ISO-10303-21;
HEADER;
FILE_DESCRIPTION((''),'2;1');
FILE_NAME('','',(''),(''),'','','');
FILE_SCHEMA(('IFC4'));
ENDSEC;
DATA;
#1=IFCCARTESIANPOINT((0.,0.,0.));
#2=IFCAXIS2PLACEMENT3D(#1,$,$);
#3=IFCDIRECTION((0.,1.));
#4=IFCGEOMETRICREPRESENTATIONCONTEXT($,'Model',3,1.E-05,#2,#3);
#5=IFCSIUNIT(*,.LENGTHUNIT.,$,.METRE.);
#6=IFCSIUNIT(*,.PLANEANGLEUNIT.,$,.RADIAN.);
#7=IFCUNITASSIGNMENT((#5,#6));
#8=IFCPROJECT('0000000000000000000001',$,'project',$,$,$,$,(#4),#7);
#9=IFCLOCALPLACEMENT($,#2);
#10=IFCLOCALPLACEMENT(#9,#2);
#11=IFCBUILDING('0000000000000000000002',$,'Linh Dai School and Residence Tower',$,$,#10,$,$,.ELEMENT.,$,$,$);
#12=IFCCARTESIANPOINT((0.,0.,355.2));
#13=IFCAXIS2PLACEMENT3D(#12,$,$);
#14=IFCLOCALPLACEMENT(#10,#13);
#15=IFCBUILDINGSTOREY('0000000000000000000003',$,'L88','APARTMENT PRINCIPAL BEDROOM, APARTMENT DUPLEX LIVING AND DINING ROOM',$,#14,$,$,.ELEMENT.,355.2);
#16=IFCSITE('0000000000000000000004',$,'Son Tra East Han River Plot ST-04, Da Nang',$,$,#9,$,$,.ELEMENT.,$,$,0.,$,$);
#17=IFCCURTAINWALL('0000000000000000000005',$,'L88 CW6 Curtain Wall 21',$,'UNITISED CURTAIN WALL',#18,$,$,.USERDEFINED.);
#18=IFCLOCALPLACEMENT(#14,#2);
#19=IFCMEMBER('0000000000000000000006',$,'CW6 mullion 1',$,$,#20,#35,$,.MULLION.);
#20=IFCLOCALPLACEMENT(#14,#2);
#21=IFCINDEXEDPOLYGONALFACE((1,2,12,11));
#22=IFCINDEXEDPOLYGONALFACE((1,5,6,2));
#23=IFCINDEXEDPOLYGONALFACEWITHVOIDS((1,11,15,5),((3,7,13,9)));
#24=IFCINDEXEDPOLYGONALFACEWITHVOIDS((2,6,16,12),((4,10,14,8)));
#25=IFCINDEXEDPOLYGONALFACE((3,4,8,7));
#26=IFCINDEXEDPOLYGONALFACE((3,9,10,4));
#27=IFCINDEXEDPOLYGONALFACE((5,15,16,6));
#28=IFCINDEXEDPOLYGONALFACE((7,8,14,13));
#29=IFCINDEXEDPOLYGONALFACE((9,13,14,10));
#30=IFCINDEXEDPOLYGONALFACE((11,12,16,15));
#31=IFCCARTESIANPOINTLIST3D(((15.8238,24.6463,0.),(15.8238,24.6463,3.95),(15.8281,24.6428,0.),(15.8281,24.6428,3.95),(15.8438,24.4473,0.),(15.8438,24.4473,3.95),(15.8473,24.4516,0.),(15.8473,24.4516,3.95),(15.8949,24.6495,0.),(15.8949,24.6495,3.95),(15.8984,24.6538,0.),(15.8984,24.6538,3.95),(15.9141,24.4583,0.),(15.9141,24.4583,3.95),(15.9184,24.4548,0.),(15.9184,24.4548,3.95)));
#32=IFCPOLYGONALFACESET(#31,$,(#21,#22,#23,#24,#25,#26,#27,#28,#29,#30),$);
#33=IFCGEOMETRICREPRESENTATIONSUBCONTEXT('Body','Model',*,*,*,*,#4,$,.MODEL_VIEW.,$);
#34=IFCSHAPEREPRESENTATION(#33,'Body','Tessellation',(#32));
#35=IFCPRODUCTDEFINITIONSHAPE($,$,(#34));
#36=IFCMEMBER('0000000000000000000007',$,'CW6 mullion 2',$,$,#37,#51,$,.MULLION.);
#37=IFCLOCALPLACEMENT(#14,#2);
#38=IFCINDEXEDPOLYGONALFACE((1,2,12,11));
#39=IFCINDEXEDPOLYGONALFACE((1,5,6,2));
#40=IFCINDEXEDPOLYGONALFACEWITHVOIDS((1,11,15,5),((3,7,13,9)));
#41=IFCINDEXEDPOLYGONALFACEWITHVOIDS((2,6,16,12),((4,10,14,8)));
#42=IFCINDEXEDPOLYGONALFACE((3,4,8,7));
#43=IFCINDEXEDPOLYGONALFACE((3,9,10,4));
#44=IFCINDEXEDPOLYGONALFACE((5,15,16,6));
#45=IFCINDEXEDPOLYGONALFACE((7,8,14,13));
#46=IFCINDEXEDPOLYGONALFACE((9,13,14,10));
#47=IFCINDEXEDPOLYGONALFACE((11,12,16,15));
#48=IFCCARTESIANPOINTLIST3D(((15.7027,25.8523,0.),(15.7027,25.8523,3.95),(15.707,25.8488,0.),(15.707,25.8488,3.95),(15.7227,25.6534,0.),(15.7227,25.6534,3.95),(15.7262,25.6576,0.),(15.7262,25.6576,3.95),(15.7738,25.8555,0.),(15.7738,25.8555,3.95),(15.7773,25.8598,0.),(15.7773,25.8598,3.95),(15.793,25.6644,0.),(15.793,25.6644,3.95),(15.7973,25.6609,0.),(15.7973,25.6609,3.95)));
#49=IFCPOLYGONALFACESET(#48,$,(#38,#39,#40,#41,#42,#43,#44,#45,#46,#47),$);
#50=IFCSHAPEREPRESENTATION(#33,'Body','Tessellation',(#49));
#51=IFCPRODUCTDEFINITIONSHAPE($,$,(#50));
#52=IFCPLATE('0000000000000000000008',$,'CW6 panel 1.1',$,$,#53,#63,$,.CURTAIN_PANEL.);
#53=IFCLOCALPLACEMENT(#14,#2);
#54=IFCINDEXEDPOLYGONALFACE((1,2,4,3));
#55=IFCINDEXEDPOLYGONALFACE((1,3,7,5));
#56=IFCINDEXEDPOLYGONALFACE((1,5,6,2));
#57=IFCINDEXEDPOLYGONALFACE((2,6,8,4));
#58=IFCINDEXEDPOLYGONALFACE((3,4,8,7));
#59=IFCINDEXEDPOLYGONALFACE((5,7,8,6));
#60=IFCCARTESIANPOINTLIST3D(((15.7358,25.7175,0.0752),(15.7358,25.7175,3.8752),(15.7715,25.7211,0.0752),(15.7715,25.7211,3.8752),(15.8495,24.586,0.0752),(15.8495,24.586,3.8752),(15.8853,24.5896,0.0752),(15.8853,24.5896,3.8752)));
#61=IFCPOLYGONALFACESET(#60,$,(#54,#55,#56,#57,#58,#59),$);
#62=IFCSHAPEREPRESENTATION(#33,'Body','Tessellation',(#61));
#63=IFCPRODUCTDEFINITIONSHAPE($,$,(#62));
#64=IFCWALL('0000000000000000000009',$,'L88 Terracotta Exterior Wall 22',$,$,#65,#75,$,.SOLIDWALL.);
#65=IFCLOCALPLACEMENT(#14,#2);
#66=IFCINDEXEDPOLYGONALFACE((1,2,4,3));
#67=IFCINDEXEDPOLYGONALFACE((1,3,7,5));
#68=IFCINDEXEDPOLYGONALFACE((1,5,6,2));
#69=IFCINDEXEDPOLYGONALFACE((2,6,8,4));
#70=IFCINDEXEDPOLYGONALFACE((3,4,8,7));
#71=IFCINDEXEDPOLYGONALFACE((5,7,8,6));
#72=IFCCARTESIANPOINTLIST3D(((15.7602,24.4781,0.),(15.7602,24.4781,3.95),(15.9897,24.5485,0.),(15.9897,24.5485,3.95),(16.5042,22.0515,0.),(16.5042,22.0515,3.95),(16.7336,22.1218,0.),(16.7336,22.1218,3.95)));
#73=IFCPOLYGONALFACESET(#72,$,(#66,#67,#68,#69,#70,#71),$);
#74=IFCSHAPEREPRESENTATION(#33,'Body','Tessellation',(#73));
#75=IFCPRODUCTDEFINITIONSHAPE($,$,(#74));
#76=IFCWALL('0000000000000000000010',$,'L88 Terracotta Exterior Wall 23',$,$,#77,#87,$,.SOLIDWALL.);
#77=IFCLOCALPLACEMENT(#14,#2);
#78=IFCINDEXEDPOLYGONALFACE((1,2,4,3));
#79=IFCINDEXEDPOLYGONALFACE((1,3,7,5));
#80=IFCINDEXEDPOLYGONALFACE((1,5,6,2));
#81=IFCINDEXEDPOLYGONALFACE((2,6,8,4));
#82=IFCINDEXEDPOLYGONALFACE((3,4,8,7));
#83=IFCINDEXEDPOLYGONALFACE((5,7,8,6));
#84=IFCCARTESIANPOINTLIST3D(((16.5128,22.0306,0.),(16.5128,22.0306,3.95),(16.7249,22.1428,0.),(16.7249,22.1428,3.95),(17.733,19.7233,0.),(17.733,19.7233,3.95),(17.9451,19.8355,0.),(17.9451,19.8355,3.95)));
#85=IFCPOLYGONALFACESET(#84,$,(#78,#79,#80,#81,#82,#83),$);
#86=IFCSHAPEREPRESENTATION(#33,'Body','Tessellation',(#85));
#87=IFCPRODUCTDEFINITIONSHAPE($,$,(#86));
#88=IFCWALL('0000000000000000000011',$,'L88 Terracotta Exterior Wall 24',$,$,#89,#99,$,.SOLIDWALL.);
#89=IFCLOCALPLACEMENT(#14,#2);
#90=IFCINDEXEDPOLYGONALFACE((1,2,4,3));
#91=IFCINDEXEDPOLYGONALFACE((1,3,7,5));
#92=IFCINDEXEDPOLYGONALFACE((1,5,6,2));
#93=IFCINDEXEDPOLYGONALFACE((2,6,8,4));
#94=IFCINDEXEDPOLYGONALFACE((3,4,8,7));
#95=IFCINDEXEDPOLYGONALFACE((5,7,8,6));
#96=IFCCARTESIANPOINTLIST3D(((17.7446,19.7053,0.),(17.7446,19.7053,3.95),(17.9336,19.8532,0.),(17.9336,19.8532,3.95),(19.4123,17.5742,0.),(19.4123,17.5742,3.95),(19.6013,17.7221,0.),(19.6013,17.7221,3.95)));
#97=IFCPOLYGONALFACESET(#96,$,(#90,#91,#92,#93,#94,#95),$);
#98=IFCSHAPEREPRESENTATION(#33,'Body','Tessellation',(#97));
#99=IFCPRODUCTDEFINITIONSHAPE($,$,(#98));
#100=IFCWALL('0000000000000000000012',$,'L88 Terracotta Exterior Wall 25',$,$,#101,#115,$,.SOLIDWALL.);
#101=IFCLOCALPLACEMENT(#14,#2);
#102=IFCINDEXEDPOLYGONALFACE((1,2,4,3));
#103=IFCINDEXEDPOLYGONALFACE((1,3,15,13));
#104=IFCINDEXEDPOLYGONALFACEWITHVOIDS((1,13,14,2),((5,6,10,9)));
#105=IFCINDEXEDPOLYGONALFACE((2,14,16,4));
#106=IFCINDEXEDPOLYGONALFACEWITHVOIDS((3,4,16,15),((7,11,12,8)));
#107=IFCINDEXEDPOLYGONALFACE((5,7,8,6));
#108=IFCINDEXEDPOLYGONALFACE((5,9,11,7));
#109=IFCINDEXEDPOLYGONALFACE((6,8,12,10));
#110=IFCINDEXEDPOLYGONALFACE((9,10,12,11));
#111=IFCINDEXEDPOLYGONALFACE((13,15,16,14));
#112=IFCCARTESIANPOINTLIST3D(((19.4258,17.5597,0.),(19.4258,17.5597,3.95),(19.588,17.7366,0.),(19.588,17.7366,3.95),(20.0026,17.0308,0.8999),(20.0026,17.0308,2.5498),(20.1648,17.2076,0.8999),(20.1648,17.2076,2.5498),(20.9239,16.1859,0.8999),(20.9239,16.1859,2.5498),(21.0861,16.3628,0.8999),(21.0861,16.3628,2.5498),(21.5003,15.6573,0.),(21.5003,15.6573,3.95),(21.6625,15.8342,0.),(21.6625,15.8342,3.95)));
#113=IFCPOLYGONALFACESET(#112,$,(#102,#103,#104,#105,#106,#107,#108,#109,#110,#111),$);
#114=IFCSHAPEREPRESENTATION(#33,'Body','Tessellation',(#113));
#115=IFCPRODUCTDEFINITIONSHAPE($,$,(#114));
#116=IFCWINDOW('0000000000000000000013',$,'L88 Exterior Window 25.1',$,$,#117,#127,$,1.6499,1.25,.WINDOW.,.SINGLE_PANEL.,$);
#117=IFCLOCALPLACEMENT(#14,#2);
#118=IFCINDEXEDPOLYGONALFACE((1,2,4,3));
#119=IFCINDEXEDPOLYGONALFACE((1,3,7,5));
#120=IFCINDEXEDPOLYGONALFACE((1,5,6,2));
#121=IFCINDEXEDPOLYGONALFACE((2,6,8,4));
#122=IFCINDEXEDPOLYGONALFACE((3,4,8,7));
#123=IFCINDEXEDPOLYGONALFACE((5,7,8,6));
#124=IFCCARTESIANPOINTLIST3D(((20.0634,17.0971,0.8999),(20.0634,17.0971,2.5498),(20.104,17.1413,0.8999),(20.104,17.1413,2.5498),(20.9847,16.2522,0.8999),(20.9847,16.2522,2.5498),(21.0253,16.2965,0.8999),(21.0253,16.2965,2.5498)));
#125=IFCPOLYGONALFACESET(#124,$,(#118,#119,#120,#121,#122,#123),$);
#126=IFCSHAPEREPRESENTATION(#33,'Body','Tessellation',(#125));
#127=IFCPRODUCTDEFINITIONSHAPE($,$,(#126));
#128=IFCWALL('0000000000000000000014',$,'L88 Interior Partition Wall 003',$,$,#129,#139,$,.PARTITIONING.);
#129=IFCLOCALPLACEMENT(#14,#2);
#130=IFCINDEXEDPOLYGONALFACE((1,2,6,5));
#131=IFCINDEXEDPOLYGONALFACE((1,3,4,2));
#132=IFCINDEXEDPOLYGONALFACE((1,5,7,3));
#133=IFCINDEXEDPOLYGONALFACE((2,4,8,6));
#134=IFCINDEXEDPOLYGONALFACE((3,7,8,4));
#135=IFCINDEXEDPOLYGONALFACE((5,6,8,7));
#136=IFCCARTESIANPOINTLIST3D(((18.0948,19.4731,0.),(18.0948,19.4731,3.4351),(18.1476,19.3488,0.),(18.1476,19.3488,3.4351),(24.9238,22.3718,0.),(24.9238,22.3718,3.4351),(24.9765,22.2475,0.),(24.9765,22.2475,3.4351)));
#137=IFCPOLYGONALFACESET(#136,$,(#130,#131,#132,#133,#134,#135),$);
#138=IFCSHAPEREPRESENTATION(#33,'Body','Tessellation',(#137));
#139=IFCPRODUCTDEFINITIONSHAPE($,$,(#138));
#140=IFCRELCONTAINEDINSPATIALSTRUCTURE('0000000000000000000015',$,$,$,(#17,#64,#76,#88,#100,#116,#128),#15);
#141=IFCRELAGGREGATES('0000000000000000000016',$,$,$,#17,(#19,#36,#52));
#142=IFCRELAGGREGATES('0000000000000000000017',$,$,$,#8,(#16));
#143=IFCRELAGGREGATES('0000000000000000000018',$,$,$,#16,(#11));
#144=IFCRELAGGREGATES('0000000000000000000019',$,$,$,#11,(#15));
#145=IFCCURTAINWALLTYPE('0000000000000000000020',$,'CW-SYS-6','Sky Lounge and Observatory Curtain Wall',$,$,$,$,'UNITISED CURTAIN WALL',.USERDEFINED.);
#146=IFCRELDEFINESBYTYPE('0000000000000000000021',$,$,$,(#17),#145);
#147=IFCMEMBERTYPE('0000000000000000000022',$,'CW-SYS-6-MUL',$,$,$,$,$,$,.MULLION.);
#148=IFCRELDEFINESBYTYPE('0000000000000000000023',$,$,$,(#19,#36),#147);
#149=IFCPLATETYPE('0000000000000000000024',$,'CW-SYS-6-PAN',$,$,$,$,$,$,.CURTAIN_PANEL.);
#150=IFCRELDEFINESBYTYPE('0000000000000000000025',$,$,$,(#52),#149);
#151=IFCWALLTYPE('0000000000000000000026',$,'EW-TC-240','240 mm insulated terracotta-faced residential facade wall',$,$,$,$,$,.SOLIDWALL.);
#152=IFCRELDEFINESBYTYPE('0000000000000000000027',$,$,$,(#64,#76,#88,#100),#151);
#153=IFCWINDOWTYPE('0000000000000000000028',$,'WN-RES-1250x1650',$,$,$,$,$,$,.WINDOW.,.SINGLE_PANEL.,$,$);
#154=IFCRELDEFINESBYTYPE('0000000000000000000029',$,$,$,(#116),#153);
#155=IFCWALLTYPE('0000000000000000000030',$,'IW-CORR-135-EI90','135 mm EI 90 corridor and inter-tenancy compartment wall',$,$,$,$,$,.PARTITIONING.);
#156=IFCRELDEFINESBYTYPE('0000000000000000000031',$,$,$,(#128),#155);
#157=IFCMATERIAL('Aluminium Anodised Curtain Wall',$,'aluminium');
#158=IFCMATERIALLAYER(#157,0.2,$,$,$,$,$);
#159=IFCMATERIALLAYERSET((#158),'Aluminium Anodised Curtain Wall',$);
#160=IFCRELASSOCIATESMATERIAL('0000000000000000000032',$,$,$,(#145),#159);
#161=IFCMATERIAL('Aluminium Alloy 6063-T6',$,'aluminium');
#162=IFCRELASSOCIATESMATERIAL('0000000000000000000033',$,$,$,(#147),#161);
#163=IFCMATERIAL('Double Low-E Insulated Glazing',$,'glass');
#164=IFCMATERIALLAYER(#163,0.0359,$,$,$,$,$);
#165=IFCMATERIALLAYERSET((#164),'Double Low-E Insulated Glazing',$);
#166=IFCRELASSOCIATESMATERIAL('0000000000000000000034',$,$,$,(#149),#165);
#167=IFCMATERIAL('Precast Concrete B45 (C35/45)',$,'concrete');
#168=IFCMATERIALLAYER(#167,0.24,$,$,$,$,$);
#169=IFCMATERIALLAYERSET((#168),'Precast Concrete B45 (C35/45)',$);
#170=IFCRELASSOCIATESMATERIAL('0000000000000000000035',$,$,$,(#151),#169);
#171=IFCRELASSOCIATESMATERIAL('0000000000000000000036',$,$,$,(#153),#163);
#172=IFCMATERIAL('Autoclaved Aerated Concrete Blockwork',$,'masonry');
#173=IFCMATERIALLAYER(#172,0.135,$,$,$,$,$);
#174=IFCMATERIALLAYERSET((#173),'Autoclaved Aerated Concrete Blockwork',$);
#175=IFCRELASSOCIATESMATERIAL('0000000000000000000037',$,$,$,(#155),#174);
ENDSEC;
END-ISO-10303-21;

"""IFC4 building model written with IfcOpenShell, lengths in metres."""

from ifc_helpers import new_model, si_unit, direction, frame, frame_2d, origin, origin_2d, place, context, subcontext, project, spatial, rectangle, hollow_rectangle, extrude, source, transform, mapped, material, layer, layer_set, material_profile, profile_set, type_object, element, fill, aggregate, save


model = new_model("IFC4")

# Units and contexts
model_context = context("Model", 3, precision=1e-05, world=origin(), true_north=direction((0.0, 1.0)))
body_context = subcontext(model_context, "Body", "Model", "MODEL_VIEW")
ifc_project = project(units=[si_unit("LENGTHUNIT", "METRE"), si_unit("PLANEANGLEUNIT", "RADIAN")], contexts=[model_context])

# Site, building, storey
site_placement = place(None, origin())
site = spatial("IfcSite", under=ifc_project, at=site_placement, Name="Son Tra East Han River Plot ST-04, Da Nang", CompositionType="ELEMENT", RefElevation=0.0)
building_placement = place(site_placement, origin())
building = spatial("IfcBuilding", under=site, at=building_placement, Name="Linh Dai School and Residence Tower", CompositionType="ELEMENT")
storey_placement = place(building_placement, frame((0.0, 0.0, 355.2)))
storey = spatial("IfcBuildingStorey", under=building, at=storey_placement, Name="L88", Description="APARTMENT PRINCIPAL BEDROOM, APARTMENT DUPLEX LIVING AND DINING ROOM", CompositionType="ELEMENT", Elevation=355.2)

# Curtain wall, members, plate
ifc_material_1 = material(Name="Aluminium Anodised Curtain Wall", Category="aluminium")
ifc_layer_1 = layer(ifc_material_1, 0.2)
ifc_layer_set_1 = layer_set([ifc_layer_1], Name="Aluminium Anodised Curtain Wall")
curtain_wall_type = type_object("IfcCurtainWallType", Name="CW-SYS-6", Description="Sky Lounge and Observatory Curtain Wall", ElementType="UNITISED CURTAIN WALL", PredefinedType="USERDEFINED", material=ifc_layer_set_1)
curtain_wall_placement = place(storey_placement, origin())
curtain_wall = element("IfcCurtainWall", 1, at=curtain_wall_placement, inside=storey, type_object=curtain_wall_type, Name="L88 CW6 Curtain Wall 21", ObjectType="UNITISED CURTAIN WALL", PredefinedType="USERDEFINED")
ifc_material_2 = material(Name="Aluminium Alloy 6063-T6", Category="aluminium")
ifc_material_profile_1 = material_profile(ifc_material_2, hollow_rectangle(XDim=0.075, YDim=0.2, WallThickness=0.0039, at=origin_2d()), Name="RHS 200x75x4")
ifc_profile_set_1 = profile_set([ifc_material_profile_1], Name="Aluminium Alloy 6063-T6")
member_type_1 = type_object("IfcMemberType", Name="CW-SYS-6-MUL", PredefinedType="MULLION", material=ifc_profile_set_1)
shared_shape_1 = source(origin(), body_context, "Body", "SweptSolid", [
    extrude(hollow_rectangle(XDim=0.075, YDim=0.2, WallThickness=0.0039, at=origin_2d()), origin(), (0.0, 0.0, 1.0), 3.95),
])
member_1_placement = place(storey_placement, frame((15.8711, 24.5505, 0.0), z_axis=(0.0, 0.0, 1.0), x_axis=(-0.994988, -0.099992, 0.0)))
member_1 = element("IfcMember", 2, at=member_1_placement, type_object=member_type_1, Name="CW6 mullion 1", PredefinedType="MULLION", context=body_context, shape_type="MappedRepresentation", body=[
    mapped(shared_shape_1, transform((0.0, 0.0, 0.0), x_axis=(1.0, 0.0, 0.0), y_axis=(0.0, 1.0, 0.0), z_axis=(0.0, 0.0, 1.0), scale=1.0)),
])
member_2_placement = place(storey_placement, frame((15.75, 25.7566, 0.0), z_axis=(0.0, 0.0, 1.0), x_axis=(-0.994988, -0.099992, 0.0)))
member_2 = element("IfcMember", 3, at=member_2_placement, type_object=member_type_1, Name="CW6 mullion 2", PredefinedType="MULLION", context=body_context, shape_type="MappedRepresentation", body=[
    mapped(shared_shape_1, transform((0.0, 0.0, 0.0), x_axis=(1.0, 0.0, 0.0), y_axis=(0.0, 1.0, 0.0), z_axis=(0.0, 0.0, 1.0), scale=1.0)),
])
ifc_material_3 = material(Name="Double Low-E Insulated Glazing", Category="glass")
ifc_layer_2 = layer(ifc_material_3, 0.0359)
ifc_layer_set_2 = layer_set([ifc_layer_2], Name="Double Low-E Insulated Glazing")
plate_type = type_object("IfcPlateType", Name="CW-SYS-6-PAN", PredefinedType="CURTAIN_PANEL", material=ifc_layer_set_2)
shared_shape_2 = source(origin(), body_context, "Body", "SweptSolid", [
    extrude(rectangle(XDim=1.1372, YDim=0.0359, at=origin_2d()), origin(), (0.0, 0.0, 1.0), 3.8),
])
plate_placement = place(storey_placement, frame((15.8105, 25.1536, 0.0752), z_axis=(0.0, 0.0, 1.0), x_axis=(-0.099992, 0.994988, 0.0)))
plate = element("IfcPlate", 4, at=plate_placement, type_object=plate_type, Name="CW6 panel 1.1", PredefinedType="CURTAIN_PANEL", context=body_context, shape_type="MappedRepresentation", body=[
    mapped(shared_shape_2, transform((0.0, 0.0, 0.0), x_axis=(1.0, 0.0, 0.0), y_axis=(0.0, 1.0, 0.0), z_axis=(0.0, 0.0, 1.0), scale=1.0)),
])
aggregate(curtain_wall, [member_1, member_2, plate])

# Walls
ifc_material_4 = material(Name="Precast Concrete B45 (C35/45)", Category="concrete")
ifc_layer_3 = layer(ifc_material_4, 0.24)
ifc_layer_set_3 = layer_set([ifc_layer_3], Name="Precast Concrete B45 (C35/45)")
wall_type_1 = type_object("IfcWallType", Name="EW-TC-240", Description="240 mm insulated terracotta-faced residential facade wall", PredefinedType="SOLIDWALL", material=ifc_layer_set_3)
wall_1_placement = place(storey_placement, frame((16.6189, 22.0867, 0.0), z_axis=(0.0, 0.0, 1.0), x_axis=(-0.293106, 0.95608, 0.0)))
element("IfcWall", 5, at=wall_1_placement, inside=storey, type_object=wall_type_1, Name="L88 Terracotta Exterior Wall 22", PredefinedType="SOLIDWALL", context=body_context, shape_type="SweptSolid", body=[
    extrude(rectangle(XDim=2.5381, YDim=0.24, at=frame_2d((1.269, 0.0))), origin(), (0.0, 0.0, 1.0), 3.95),
])
wall_2_placement = place(storey_placement, frame((17.8391, 19.7793, 0.0), z_axis=(0.0, 0.0, 1.0), x_axis=(-0.467488, 0.883999, 0.0)))
element("IfcWall", 6, at=wall_2_placement, inside=storey, type_object=wall_type_1, Name="L88 Terracotta Exterior Wall 23", PredefinedType="SOLIDWALL", context=body_context, shape_type="SweptSolid", body=[
    extrude(rectangle(XDim=2.6101, YDim=0.24, at=frame_2d((1.3052, 0.0))), origin(), (0.0, 0.0, 1.0), 3.95),
])
wall_3_placement = place(storey_placement, frame((19.5068, 17.6482, 0.0), z_axis=(0.0, 0.0, 1.0), x_axis=(-0.616286, 0.787522, 0.0)))
element("IfcWall", 7, at=wall_3_placement, inside=storey, type_object=wall_type_1, Name="L88 Terracotta Exterior Wall 24", PredefinedType="SOLIDWALL", context=body_context, shape_type="SweptSolid", body=[
    extrude(rectangle(XDim=2.7061, YDim=0.24, at=frame_2d((1.353, 0.0))), origin(), (0.0, 0.0, 1.0), 3.95),
])

# Wall, opening, window
wall_4_placement = place(storey_placement, frame((21.5813, 15.7458, 0.0), z_axis=(0.0, 0.0, 1.0), x_axis=(-0.737021, 0.67587, 0.0)))
wall_4 = element("IfcWall", 8, at=wall_4_placement, inside=storey, type_object=wall_type_1, Name="L88 Terracotta Exterior Wall 25", PredefinedType="SOLIDWALL", context=body_context, shape_type="SweptSolid", body=[
    extrude(rectangle(XDim=2.8147, YDim=0.24, at=frame_2d((1.4072, 0.0))), origin(), (0.0, 0.0, 1.0), 3.95),
])
opening_1_placement = place(wall_4_placement, frame((0.782, 0.0, 0.8999)))
opening_1 = element("IfcOpeningElement", 9, at=opening_1_placement, cuts=wall_4, PredefinedType="OPENING", context=body_context, shape_type="SweptSolid", body=[
    extrude(rectangle(XDim=1.25, YDim=1.6499, at=origin_2d()), frame((0.625, 0.1299, 0.825), z_axis=(0.0, -1.0, 0.0), x_axis=(1.0, 0.0, 0.0)), (0.0, 0.0, 1.0), 0.26),
])
window_type = type_object("IfcWindowType", Name="WN-RES-1250x1650", PartitioningType="SINGLE_PANEL", PredefinedType="WINDOW", material=ifc_material_3)
shared_shape_3 = source(origin(), body_context, "Body", "SweptSolid", [
    extrude(rectangle(XDim=1.25, YDim=1.6499, at=origin_2d()), frame((0.625, 0.03, 0.825), z_axis=(0.0, -1.0, 0.0), x_axis=(1.0, 0.0, 0.0)), (0.0, 0.0, 1.0), 0.0601),
])
window_placement = place(opening_1_placement, origin())
window = element("IfcWindow", 10, at=window_placement, inside=storey, type_object=window_type, Name="L88 Exterior Window 25.1", OverallHeight=1.6499, OverallWidth=1.25, PartitioningType="SINGLE_PANEL", PredefinedType="WINDOW", context=body_context, shape_type="MappedRepresentation", body=[
    mapped(shared_shape_3, transform((0.0, 0.0, 0.0), x_axis=(1.0, 0.0, 0.0), y_axis=(0.0, 1.0, 0.0), z_axis=(0.0, 0.0, 1.0), scale=1.0)),
])
fill(opening_1, window)

# Wall
ifc_material_5 = material(Name="Autoclaved Aerated Concrete Blockwork", Category="masonry")
ifc_layer_4 = layer(ifc_material_5, 0.135)
ifc_layer_set_4 = layer_set([ifc_layer_4], Name="Autoclaved Aerated Concrete Blockwork")
wall_type_2 = type_object("IfcWallType", Name="IW-CORR-135-EI90", Description="135 mm EI 90 corridor and inter-tenancy compartment wall", PredefinedType="PARTITIONING", material=ifc_layer_set_4)
wall_5_placement = place(storey_placement, frame((18.1211, 19.4109, 0.0), z_axis=(0.0, 0.0, 1.0), x_axis=(0.920505, 0.390732, 0.0)))
element("IfcWall", 11, at=wall_5_placement, inside=storey, type_object=wall_type_2, Name="L88 Interior Partition Wall 003", PredefinedType="PARTITIONING", context=body_context, shape_type="SweptSolid", body=[
    extrude(rectangle(XDim=7.4187, YDim=0.135, at=frame_2d((3.7095, 0.0))), origin(), (0.0, 0.0, 1.0), 3.4351),
])

save(model, "model.ifc")
